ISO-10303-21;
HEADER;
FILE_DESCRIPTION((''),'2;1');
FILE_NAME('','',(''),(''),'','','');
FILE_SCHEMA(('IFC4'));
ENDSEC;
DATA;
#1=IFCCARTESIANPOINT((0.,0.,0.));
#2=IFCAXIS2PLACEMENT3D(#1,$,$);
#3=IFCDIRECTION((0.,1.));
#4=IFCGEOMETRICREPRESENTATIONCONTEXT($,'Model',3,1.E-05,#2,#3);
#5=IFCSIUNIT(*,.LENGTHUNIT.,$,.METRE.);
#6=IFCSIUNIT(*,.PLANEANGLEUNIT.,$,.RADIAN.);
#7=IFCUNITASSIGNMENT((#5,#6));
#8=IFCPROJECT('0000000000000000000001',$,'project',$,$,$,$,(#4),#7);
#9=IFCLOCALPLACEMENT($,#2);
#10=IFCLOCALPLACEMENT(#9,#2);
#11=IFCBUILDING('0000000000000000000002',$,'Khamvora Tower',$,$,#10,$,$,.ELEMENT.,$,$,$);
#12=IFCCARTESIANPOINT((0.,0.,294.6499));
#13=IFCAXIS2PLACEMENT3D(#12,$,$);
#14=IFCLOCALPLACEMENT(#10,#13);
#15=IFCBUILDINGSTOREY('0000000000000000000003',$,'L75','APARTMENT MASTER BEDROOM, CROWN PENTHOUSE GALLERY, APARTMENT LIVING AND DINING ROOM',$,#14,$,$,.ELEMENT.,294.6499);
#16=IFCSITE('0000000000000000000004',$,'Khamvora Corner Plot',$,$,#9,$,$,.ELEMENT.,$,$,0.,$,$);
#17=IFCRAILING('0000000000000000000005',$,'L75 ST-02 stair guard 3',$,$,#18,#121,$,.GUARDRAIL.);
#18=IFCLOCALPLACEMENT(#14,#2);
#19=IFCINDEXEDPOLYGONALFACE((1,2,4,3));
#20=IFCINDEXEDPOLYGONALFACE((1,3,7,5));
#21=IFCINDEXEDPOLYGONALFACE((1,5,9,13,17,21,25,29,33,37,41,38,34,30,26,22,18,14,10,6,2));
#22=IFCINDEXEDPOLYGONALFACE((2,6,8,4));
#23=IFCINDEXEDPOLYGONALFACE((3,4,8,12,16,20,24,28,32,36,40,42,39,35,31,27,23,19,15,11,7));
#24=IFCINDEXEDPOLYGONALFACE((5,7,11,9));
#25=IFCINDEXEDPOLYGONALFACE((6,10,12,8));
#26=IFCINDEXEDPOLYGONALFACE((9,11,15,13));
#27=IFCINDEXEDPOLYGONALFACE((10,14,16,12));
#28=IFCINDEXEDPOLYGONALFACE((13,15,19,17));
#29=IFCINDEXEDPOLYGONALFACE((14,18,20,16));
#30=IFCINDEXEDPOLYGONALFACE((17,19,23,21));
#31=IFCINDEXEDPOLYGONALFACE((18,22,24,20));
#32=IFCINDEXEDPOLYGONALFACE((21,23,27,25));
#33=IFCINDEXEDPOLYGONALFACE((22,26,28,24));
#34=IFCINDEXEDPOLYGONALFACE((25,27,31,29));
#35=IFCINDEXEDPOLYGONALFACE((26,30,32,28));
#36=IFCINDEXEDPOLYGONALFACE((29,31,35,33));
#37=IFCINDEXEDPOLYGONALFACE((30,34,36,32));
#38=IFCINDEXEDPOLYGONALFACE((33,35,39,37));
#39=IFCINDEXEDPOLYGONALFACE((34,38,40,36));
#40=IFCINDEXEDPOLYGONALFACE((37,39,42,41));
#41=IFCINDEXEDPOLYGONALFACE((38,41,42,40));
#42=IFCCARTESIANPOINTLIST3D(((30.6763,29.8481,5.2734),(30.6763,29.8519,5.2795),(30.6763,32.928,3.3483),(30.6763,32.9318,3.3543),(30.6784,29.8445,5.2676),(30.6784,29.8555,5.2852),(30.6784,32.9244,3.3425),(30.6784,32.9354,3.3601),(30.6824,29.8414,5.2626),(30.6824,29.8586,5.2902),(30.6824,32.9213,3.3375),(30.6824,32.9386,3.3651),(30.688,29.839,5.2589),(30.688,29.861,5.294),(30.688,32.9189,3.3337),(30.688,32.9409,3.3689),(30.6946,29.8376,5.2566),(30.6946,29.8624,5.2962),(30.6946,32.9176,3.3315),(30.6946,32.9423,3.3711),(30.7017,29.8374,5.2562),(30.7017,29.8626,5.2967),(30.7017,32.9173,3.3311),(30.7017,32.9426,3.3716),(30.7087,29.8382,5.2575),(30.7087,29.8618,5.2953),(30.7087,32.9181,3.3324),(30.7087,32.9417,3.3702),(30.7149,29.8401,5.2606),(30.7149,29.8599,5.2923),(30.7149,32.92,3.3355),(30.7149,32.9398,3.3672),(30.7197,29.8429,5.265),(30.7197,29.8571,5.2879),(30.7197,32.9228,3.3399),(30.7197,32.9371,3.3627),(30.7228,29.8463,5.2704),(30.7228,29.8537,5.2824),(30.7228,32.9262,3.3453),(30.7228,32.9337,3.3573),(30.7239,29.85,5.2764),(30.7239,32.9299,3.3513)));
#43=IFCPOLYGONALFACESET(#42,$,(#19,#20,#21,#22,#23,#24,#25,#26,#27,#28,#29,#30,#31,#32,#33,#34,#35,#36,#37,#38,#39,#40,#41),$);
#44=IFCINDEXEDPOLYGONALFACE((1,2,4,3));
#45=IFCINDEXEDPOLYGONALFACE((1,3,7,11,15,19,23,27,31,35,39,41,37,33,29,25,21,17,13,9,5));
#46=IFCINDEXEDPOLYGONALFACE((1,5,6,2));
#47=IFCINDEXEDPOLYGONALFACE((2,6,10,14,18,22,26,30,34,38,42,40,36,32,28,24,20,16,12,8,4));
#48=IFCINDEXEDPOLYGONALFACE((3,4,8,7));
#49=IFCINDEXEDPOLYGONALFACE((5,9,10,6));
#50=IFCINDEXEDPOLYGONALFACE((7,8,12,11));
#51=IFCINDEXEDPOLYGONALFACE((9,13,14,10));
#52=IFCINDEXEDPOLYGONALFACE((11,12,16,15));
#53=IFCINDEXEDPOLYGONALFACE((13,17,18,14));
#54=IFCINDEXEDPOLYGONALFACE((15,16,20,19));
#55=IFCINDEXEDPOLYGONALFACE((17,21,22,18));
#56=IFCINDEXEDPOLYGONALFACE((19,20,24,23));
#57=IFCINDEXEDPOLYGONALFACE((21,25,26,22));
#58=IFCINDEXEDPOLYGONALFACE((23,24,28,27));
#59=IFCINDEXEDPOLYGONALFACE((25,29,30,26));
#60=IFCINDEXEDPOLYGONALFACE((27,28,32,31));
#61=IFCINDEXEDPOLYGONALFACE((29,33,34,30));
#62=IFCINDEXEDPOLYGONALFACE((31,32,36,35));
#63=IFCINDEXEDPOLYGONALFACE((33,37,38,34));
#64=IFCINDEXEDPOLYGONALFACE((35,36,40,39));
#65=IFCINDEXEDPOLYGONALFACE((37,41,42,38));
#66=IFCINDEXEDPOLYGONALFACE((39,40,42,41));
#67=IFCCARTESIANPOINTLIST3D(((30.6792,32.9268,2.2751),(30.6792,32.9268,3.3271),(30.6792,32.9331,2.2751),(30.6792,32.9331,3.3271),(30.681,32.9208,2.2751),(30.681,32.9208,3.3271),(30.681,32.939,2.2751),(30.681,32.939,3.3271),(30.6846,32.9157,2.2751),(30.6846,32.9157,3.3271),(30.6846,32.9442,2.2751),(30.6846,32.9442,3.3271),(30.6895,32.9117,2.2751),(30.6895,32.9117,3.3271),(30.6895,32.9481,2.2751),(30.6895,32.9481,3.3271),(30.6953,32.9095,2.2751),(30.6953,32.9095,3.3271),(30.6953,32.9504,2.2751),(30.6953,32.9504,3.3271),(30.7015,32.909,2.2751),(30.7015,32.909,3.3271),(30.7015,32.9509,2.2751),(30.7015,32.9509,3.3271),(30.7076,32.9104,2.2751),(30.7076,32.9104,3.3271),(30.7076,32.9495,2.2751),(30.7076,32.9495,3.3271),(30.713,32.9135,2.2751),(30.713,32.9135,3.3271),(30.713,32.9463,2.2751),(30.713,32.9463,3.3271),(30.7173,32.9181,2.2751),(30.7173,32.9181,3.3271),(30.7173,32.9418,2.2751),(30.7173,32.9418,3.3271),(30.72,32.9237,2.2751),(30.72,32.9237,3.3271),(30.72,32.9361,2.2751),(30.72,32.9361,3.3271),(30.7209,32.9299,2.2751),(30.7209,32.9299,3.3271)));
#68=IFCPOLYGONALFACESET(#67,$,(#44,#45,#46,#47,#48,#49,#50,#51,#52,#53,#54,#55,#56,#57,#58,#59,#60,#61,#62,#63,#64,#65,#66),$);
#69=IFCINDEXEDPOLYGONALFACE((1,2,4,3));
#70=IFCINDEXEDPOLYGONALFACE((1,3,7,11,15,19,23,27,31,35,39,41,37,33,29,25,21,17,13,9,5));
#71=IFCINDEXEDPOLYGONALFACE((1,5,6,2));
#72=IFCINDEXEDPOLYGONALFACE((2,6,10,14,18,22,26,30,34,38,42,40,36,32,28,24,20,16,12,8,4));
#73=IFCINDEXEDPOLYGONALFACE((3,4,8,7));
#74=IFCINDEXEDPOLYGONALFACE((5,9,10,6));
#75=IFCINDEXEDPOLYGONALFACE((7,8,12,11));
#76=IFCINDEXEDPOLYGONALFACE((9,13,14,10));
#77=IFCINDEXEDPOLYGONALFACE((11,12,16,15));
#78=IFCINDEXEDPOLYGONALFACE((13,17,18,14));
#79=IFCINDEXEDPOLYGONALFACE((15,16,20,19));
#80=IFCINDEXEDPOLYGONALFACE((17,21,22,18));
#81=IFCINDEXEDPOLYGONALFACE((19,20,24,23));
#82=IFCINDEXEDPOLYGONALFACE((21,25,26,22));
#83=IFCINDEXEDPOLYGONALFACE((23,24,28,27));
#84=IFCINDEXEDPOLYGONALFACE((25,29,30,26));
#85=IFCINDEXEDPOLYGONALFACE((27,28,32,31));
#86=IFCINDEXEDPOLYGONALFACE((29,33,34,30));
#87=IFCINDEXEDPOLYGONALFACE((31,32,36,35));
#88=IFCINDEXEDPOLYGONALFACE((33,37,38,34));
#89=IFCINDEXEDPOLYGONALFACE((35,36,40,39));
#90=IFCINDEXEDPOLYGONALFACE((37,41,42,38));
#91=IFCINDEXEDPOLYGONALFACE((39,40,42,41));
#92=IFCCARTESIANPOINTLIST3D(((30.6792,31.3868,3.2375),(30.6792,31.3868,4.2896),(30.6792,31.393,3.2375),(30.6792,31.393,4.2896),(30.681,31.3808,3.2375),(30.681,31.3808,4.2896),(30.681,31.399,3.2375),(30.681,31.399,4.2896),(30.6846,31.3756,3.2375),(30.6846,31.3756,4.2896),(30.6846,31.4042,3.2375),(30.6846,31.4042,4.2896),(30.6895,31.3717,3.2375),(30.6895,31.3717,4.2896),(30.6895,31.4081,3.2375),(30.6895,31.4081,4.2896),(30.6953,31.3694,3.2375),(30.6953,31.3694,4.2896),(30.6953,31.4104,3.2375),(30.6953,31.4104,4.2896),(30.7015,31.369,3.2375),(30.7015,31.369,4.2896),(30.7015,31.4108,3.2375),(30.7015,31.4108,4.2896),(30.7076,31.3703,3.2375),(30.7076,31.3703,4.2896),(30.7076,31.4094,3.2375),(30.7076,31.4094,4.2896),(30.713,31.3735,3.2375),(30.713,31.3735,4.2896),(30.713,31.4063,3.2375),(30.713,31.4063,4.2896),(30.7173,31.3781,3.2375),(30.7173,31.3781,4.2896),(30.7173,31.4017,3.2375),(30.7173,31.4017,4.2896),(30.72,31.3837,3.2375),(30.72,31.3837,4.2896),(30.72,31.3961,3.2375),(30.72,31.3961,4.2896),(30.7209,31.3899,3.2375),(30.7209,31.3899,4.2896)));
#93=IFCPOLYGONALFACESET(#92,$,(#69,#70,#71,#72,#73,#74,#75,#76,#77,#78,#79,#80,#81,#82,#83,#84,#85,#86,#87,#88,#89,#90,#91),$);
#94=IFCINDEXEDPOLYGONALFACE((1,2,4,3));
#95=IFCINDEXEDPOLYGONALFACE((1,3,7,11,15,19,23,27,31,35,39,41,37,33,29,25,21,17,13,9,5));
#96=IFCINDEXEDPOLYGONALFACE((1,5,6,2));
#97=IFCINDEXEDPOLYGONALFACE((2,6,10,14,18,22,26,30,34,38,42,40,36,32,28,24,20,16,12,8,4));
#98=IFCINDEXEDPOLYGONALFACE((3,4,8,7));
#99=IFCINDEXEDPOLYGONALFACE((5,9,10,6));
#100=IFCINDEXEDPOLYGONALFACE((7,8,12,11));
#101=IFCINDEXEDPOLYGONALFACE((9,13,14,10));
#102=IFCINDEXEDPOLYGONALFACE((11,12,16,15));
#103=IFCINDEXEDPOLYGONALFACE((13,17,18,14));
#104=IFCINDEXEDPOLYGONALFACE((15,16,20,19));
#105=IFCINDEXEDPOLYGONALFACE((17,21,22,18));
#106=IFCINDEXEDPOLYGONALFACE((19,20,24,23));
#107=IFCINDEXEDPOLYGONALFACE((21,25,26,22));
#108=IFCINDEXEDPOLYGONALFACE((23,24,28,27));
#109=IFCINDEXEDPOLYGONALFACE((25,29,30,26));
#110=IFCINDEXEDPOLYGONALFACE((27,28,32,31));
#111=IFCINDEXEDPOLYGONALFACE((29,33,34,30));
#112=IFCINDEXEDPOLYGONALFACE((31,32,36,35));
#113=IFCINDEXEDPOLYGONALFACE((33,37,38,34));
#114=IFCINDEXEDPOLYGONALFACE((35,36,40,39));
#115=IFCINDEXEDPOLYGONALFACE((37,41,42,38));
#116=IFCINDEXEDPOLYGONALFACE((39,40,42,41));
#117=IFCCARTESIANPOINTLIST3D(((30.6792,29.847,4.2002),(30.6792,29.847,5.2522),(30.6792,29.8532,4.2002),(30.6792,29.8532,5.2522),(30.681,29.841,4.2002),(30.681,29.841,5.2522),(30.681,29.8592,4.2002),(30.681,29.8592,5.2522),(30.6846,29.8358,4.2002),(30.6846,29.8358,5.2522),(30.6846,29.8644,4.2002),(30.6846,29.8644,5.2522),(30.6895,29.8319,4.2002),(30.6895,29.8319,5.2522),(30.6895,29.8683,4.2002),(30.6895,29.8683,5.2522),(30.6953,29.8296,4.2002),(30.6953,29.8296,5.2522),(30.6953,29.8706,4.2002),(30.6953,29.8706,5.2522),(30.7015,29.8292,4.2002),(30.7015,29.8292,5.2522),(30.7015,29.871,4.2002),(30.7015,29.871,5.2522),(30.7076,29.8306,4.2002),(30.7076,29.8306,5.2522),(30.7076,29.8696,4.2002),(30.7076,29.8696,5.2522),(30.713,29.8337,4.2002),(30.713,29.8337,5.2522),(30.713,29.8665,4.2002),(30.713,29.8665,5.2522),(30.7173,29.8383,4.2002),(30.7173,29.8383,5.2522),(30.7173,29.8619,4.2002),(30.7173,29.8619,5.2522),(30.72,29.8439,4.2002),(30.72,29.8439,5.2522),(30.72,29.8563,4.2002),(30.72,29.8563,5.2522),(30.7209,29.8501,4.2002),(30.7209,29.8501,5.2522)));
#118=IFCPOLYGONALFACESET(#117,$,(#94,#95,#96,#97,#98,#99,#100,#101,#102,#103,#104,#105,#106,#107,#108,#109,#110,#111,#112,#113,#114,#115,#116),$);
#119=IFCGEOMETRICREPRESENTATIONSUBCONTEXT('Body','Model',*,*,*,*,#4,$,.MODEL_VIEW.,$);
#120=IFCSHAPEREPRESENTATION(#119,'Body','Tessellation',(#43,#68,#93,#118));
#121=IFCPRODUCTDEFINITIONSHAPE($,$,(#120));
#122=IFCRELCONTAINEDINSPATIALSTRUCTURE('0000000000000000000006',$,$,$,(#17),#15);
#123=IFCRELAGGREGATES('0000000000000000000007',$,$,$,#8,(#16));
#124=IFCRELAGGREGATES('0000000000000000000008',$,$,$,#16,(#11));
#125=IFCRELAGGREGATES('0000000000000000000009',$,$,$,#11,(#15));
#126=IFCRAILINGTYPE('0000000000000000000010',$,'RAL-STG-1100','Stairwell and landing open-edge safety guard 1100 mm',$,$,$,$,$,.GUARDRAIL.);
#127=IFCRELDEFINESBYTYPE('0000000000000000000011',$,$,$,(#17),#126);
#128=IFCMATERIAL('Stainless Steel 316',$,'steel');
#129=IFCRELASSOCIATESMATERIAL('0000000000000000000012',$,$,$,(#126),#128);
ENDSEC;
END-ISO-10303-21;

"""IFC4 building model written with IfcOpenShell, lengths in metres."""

from ifc_helpers import new_model, si_unit, direction, frame, origin, origin_2d, place, context, subcontext, project, spatial, circle, extrude, material, type_object, element, save


model = new_model("IFC4")

# Units and contexts
model_context = context("Model", 3, precision=1e-05, world=origin(), true_north=direction((0.0, 1.0)))
body_context = subcontext(model_context, "Body", "Model", "MODEL_VIEW")
ifc_project = project(units=[si_unit("LENGTHUNIT", "METRE"), si_unit("PLANEANGLEUNIT", "RADIAN")], contexts=[model_context])

# Site, building, storey
site_placement = place(None, origin())
site = spatial("IfcSite", under=ifc_project, at=site_placement, Name="Khamvora Corner Plot", CompositionType="ELEMENT", RefElevation=0.0)
building_placement = place(site_placement, origin())
building = spatial("IfcBuilding", under=site, at=building_placement, Name="Khamvora Tower", CompositionType="ELEMENT")
storey_placement = place(building_placement, frame((0.0, 0.0, 294.6499)))
storey = spatial("IfcBuildingStorey", under=building, at=storey_placement, Name="L75", Description="APARTMENT MASTER BEDROOM, CROWN PENTHOUSE GALLERY, APARTMENT LIVING AND DINING ROOM", CompositionType="ELEMENT", Elevation=294.6499)

# Railing
ifc_material_1 = material(Name="Stainless Steel 316", Category="steel")
railing_type_1 = type_object("IfcRailingType", Name="RAL-STG-1100", Description="Stairwell and landing open-edge safety guard 1100 mm", PredefinedType="GUARDRAIL", material=ifc_material_1)
railing_1_placement = place(storey_placement, frame((30.7, 32.9299, 2.2751)))
element("IfcRailing", 1, at=railing_1_placement, inside=storey, type_object=railing_type_1, Name="L75 ST-02 stair guard 3", PredefinedType="GUARDRAIL", context=body_context, shape_type="SweptSolid", body=[
    extrude(circle(Radius=0.0239, at=origin_2d()), frame((0.0, 0.0, 1.0762), z_axis=(0.0, -0.847979, 0.530029), x_axis=(1.0, 0.0, 0.0)), (0.0, 0.0, 1.0), 3.6321),
    extrude(circle(Radius=0.021, at=origin_2d()), origin(), (0.0, 0.0, 1.0), 1.052),
    extrude(circle(Radius=0.021, at=origin_2d()), frame((0.0, -1.54, 0.9624)), (0.0, 0.0, 1.0), 1.052),
    extrude(circle(Radius=0.021, at=origin_2d()), frame((0.0, -3.0798, 1.925)), (0.0, 0.0, 1.0), 1.052),
])

save(model, "model.ifc")
